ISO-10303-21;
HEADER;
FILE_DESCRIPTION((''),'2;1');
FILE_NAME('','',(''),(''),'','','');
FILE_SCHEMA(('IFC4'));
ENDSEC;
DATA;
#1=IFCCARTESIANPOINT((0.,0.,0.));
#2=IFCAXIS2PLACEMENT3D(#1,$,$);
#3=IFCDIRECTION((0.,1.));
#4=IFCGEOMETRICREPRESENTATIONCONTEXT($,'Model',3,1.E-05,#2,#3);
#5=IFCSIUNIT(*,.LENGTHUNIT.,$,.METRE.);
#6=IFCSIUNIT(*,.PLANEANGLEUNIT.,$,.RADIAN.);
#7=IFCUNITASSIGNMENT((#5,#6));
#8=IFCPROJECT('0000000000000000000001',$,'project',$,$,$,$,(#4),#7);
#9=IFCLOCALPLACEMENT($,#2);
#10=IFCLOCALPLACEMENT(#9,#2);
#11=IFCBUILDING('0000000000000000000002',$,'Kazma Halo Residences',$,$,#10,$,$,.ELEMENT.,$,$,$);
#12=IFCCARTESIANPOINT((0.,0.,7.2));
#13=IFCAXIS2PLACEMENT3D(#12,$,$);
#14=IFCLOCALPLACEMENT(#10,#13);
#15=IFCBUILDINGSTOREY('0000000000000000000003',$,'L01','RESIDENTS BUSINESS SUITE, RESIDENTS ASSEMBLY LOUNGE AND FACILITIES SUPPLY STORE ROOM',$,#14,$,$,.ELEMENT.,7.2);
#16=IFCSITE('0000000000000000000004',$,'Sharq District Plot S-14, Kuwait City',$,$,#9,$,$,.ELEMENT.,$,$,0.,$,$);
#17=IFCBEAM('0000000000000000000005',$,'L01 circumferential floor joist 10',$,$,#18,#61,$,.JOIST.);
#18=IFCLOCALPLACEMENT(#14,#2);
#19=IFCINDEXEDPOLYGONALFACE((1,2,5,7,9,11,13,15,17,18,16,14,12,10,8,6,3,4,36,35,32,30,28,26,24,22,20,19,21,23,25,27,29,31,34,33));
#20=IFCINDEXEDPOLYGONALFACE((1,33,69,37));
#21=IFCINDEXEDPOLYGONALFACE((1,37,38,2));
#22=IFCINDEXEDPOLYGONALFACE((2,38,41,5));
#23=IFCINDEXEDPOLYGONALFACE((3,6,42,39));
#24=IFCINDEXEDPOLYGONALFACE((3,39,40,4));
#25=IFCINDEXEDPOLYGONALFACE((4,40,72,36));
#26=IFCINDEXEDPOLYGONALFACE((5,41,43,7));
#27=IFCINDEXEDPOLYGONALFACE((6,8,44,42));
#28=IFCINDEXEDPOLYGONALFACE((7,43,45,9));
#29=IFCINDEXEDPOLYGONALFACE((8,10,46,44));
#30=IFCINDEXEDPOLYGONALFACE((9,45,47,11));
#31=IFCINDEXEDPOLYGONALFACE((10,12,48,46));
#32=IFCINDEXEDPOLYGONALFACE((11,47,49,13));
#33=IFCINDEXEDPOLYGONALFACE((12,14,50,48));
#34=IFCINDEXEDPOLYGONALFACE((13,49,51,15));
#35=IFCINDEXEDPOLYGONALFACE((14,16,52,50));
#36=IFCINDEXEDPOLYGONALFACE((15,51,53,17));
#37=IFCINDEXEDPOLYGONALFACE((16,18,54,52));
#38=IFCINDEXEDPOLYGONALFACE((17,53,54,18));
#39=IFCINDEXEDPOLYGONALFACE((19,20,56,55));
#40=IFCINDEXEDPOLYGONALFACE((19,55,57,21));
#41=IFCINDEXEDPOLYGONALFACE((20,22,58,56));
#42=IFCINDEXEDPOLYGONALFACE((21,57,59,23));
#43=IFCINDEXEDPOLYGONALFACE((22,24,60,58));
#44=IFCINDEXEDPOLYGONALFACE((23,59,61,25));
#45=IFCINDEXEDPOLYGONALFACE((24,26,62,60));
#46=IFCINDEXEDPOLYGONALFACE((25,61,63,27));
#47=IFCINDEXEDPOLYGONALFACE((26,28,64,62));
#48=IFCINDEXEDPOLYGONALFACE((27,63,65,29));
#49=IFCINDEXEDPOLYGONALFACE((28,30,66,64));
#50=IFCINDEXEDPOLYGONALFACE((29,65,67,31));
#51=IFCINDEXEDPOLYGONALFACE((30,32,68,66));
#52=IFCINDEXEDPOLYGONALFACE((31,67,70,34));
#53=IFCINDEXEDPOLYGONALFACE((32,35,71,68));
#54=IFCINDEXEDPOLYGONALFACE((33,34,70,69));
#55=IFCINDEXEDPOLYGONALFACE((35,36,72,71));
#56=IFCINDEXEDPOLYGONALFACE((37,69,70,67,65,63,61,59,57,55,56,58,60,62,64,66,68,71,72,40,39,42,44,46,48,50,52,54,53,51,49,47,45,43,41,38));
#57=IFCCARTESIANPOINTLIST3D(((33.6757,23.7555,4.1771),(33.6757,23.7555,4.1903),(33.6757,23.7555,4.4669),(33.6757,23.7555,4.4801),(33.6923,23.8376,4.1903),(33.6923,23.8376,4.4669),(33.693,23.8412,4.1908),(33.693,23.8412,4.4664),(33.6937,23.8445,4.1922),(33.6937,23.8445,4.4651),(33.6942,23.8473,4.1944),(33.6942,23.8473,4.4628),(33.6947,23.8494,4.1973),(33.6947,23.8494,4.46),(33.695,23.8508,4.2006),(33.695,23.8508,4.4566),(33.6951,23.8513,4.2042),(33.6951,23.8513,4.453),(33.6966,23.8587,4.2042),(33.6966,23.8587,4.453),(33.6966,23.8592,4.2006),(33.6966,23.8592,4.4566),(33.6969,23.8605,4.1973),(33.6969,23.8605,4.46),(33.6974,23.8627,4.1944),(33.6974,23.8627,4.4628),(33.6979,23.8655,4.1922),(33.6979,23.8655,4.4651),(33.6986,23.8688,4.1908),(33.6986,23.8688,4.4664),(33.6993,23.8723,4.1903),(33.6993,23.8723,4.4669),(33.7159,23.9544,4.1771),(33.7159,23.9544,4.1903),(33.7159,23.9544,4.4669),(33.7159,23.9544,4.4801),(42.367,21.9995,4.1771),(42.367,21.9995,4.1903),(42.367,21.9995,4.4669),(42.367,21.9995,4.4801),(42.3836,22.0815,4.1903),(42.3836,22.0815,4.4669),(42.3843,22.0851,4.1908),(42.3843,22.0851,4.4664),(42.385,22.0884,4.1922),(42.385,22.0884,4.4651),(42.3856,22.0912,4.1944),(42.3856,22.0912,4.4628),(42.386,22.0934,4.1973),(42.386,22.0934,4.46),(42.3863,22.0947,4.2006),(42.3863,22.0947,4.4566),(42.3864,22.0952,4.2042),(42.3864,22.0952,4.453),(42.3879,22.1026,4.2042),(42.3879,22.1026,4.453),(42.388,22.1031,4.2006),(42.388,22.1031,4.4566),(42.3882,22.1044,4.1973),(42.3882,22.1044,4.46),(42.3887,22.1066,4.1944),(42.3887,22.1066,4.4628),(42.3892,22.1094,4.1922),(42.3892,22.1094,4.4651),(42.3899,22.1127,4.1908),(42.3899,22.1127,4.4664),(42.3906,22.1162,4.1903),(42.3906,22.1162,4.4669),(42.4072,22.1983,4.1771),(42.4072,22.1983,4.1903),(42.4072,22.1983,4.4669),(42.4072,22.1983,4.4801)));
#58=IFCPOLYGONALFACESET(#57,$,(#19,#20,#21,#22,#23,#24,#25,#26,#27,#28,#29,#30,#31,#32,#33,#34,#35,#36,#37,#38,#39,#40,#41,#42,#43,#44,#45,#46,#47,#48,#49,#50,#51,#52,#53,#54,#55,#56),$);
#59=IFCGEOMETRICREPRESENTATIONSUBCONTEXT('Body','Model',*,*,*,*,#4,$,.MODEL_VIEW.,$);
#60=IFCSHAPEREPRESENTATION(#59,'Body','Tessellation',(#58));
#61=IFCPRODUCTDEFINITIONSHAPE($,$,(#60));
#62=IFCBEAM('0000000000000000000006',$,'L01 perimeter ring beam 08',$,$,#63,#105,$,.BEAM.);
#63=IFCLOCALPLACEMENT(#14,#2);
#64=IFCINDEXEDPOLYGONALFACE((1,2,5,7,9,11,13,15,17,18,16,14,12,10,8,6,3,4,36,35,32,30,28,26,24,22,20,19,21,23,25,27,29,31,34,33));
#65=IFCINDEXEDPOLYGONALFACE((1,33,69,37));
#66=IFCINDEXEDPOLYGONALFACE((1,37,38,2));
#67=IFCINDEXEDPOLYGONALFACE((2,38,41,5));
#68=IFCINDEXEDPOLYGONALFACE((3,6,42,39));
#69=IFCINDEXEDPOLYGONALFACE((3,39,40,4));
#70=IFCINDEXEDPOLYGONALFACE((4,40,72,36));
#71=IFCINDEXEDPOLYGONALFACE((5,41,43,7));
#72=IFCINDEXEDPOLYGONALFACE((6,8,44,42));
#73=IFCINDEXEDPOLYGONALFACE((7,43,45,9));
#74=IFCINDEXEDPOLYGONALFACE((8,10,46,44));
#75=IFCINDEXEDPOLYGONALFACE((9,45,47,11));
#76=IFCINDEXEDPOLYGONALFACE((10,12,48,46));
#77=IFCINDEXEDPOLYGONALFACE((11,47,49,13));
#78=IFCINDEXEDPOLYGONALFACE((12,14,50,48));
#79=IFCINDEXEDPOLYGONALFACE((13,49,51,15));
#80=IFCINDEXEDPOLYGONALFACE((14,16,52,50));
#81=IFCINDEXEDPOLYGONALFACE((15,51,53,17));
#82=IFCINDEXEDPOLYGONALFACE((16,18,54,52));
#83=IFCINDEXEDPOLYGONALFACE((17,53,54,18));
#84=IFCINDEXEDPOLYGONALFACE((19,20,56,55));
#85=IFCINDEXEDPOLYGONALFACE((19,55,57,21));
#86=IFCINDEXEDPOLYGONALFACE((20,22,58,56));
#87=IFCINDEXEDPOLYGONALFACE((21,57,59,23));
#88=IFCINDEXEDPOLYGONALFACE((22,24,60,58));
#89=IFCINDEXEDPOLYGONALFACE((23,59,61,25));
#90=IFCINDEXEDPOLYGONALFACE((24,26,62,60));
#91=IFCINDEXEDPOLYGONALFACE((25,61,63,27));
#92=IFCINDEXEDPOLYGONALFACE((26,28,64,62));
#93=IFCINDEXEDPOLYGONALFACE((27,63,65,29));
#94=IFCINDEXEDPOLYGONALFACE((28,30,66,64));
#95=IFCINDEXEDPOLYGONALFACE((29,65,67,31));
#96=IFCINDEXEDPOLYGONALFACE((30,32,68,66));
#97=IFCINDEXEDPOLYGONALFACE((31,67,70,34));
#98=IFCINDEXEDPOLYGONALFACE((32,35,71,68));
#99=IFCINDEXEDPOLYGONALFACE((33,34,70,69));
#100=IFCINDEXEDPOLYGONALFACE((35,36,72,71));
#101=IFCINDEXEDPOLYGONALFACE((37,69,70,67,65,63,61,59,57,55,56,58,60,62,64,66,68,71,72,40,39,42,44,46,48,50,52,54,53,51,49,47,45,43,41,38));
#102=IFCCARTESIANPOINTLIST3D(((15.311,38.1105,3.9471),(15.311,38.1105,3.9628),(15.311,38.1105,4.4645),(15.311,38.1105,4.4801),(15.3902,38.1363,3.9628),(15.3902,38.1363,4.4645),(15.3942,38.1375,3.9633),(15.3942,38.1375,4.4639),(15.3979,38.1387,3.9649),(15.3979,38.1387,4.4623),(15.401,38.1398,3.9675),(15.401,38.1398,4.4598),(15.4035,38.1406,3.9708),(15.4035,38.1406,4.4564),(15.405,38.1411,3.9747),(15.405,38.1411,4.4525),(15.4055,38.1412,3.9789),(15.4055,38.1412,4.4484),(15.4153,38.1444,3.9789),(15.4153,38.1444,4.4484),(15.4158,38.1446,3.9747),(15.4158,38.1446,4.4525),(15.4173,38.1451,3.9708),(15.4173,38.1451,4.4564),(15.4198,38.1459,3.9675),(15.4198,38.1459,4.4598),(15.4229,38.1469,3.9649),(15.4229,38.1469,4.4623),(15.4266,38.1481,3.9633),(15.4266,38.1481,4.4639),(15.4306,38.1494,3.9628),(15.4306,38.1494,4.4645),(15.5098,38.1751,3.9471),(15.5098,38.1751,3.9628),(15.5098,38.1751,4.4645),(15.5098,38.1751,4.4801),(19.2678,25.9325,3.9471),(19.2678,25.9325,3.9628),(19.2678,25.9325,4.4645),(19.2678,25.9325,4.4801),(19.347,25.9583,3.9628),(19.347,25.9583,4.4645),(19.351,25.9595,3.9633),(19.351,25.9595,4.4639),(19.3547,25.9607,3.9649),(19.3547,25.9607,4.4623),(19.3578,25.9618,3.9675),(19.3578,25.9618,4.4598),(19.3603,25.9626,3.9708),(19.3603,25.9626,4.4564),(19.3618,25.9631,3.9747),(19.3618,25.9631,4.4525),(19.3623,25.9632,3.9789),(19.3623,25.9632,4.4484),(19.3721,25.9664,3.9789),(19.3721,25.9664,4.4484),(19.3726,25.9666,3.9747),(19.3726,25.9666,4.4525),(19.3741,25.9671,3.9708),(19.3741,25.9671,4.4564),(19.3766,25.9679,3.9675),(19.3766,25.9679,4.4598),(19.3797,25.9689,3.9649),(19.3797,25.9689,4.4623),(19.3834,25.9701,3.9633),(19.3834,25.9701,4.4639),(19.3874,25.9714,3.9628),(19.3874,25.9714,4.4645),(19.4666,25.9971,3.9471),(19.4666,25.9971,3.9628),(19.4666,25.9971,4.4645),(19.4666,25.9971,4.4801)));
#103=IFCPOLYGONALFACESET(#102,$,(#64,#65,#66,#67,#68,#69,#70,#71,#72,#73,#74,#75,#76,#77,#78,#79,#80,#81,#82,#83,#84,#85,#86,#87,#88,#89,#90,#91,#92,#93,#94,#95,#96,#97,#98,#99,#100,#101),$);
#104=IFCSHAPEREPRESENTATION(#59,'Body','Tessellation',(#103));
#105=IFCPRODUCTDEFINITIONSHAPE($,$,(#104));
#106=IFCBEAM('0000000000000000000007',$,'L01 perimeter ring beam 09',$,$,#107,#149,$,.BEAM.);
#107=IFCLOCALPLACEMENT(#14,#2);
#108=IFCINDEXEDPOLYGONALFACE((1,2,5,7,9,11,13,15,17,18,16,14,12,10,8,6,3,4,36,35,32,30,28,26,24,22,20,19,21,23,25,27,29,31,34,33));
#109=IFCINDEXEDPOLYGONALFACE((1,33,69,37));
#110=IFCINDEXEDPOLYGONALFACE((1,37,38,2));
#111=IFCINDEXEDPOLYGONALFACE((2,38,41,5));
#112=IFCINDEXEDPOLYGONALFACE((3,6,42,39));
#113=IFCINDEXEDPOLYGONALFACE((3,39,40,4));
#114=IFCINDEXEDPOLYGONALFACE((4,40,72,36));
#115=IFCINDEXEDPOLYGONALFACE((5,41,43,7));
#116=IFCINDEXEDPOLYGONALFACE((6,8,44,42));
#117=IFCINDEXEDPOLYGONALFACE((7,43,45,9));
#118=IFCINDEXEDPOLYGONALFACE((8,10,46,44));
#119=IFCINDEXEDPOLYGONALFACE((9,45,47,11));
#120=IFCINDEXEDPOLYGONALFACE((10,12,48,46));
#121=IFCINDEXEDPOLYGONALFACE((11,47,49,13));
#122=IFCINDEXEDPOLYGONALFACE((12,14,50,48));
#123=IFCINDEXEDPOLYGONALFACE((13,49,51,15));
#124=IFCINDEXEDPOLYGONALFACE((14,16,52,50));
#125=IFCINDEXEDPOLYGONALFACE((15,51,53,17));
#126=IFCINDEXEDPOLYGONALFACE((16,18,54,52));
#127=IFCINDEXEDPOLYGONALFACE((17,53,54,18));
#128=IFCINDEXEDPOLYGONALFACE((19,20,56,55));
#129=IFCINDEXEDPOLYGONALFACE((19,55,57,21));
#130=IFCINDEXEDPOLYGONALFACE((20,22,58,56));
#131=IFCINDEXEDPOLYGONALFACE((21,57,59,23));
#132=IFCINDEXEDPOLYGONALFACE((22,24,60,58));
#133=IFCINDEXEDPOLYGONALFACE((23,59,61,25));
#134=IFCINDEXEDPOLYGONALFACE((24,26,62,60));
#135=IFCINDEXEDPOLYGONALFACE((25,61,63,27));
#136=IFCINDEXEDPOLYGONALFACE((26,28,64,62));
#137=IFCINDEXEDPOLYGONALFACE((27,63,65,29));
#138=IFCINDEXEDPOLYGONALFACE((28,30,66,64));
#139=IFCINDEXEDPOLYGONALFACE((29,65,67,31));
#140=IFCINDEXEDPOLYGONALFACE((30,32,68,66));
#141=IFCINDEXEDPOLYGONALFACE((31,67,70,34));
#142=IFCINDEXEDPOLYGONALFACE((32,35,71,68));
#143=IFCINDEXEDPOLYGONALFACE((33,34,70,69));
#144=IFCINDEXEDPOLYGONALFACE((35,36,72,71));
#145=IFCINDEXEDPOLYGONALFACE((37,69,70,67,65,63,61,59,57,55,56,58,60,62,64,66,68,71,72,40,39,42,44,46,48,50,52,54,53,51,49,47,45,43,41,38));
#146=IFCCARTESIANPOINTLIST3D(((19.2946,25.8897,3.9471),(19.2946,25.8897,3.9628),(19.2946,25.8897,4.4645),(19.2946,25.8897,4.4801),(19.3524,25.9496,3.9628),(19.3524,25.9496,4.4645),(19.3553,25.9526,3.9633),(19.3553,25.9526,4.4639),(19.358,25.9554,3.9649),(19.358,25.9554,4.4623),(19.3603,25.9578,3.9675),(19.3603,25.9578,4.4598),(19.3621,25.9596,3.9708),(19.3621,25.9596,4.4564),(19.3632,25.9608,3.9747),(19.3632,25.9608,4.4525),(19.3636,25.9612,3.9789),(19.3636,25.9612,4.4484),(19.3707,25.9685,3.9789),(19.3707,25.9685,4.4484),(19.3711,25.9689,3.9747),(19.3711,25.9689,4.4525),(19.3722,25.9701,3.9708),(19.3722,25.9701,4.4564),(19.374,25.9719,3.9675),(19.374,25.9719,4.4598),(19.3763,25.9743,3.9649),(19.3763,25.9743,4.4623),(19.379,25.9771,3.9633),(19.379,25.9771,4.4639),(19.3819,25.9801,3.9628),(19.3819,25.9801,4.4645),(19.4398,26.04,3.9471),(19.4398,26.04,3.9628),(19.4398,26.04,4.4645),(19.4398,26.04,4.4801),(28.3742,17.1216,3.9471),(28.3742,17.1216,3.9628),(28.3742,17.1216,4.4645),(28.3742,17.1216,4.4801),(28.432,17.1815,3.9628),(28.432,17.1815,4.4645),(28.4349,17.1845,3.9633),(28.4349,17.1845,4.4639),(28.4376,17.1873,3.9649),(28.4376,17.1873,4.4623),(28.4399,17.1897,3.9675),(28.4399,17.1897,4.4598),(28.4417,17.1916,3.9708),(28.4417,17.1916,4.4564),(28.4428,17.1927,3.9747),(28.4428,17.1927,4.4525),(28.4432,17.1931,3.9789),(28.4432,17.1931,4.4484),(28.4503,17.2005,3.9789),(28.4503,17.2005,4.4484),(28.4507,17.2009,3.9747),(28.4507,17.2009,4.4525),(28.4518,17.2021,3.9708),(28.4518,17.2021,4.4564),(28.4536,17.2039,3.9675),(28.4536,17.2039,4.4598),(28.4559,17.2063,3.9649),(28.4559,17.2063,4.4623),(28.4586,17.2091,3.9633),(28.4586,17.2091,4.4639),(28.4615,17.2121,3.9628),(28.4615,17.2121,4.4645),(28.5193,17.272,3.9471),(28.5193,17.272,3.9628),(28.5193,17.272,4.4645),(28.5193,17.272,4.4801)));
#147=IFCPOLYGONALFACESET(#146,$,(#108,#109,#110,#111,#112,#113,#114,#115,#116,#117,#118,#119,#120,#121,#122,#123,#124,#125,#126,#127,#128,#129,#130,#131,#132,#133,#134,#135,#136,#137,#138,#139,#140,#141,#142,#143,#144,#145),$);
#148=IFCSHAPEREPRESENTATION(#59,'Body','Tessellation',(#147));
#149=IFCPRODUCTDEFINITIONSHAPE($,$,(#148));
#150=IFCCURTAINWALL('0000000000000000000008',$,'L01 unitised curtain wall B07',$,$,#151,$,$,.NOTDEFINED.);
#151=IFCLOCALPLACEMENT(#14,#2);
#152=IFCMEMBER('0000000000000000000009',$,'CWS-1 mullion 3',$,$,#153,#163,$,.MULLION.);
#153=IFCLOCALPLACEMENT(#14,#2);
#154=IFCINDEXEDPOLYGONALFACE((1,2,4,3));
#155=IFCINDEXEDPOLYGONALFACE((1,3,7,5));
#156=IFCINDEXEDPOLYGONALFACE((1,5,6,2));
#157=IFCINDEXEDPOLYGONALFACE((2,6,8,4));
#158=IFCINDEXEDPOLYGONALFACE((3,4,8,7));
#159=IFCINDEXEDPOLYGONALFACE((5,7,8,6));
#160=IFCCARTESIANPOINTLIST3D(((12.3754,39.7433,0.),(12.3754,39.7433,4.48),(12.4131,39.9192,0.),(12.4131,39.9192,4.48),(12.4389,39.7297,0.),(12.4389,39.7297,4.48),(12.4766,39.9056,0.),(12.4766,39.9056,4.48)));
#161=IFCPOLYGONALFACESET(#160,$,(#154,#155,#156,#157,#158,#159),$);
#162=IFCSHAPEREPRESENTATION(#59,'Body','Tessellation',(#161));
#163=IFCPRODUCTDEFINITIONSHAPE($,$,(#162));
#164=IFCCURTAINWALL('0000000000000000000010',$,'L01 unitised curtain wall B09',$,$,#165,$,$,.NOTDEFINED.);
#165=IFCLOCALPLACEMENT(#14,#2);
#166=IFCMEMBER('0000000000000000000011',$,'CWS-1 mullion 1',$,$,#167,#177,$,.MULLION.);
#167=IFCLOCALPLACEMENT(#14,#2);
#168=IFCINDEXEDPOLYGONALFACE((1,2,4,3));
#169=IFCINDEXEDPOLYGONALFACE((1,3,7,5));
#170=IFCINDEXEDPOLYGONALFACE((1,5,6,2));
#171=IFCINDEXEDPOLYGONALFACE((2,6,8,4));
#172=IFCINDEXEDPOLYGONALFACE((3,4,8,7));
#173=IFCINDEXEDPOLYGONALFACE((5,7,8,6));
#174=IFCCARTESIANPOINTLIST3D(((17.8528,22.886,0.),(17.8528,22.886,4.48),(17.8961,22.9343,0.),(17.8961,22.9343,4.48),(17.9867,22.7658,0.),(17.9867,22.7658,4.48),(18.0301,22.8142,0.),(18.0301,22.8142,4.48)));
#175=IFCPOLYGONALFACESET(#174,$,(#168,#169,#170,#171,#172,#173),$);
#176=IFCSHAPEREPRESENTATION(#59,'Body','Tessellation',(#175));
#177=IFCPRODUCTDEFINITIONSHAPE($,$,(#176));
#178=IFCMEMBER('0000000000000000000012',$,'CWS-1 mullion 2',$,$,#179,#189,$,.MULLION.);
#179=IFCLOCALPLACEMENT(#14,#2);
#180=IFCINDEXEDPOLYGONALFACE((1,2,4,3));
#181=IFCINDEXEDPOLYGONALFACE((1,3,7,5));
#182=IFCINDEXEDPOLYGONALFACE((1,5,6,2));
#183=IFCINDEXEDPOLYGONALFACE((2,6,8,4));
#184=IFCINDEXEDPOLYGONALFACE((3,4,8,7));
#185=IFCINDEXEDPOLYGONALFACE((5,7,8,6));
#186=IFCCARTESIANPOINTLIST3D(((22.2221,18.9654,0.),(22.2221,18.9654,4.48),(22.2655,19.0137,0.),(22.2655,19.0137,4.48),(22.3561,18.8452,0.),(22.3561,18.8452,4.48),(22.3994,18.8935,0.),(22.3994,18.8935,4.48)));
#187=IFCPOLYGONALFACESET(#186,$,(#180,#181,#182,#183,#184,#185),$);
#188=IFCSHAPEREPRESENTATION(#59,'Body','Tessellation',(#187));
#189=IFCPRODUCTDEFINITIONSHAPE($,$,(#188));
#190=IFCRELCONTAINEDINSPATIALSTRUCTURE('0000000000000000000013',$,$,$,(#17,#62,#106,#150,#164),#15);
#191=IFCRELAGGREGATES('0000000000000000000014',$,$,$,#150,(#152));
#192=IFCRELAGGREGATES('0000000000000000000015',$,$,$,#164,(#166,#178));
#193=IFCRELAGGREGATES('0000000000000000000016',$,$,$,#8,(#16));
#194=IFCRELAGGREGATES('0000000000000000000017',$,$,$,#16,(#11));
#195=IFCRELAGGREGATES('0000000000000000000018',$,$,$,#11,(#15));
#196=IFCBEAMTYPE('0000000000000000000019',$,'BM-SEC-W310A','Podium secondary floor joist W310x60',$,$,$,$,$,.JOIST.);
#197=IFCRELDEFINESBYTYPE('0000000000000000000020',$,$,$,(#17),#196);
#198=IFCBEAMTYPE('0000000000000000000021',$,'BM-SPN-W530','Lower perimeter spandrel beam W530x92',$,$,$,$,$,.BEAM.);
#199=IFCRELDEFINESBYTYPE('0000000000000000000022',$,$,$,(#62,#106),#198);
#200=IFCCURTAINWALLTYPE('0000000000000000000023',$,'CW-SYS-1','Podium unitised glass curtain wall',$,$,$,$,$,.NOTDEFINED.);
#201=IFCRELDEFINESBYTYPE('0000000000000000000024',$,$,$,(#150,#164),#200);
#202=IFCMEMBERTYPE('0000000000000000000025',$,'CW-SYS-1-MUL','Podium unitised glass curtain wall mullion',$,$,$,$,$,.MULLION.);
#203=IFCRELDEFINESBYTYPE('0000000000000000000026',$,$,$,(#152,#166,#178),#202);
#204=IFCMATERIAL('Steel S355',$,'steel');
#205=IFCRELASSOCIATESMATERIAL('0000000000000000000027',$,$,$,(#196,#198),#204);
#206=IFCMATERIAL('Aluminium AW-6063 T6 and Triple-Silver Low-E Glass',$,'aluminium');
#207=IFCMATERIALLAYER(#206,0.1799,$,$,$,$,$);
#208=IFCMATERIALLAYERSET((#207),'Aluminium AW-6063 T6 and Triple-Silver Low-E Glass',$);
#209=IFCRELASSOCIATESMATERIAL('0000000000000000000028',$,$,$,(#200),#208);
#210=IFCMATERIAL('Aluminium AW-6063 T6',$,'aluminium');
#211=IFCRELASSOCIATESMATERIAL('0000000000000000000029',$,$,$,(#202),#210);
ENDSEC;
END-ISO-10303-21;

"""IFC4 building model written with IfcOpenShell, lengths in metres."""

from ifc_helpers import new_model, si_unit, direction, frame, origin, origin_2d, place, context, subcontext, project, spatial, rectangle, i_section, extrude, material, layer, layer_set, material_profile, profile_set, type_object, element, aggregate, save


model = new_model("IFC4")

# Units and contexts
model_context = context("Model", 3, precision=1e-05, world=origin(), true_north=direction((0.0, 1.0)))
body_context = subcontext(model_context, "Body", "Model", "MODEL_VIEW")
ifc_project = project(units=[si_unit("LENGTHUNIT", "METRE"), si_unit("PLANEANGLEUNIT", "RADIAN")], contexts=[model_context])

# Site, building, storey
site_placement = place(None, origin())
site = spatial("IfcSite", under=ifc_project, at=site_placement, Name="Sharq District Plot S-14, Kuwait City", CompositionType="ELEMENT", RefElevation=0.0)
building_placement = place(site_placement, origin())
building = spatial("IfcBuilding", under=site, at=building_placement, Name="Kazma Halo Residences", CompositionType="ELEMENT")
storey_placement = place(building_placement, frame((0.0, 0.0, 7.2)))
storey = spatial("IfcBuildingStorey", under=building, at=storey_placement, Name="L01", Description="RESIDENTS BUSINESS SUITE, RESIDENTS ASSEMBLY LOUNGE AND FACILITIES SUPPLY STORE ROOM", CompositionType="ELEMENT", Elevation=7.2)

# Beams
ifc_material_1 = material(Name="Steel S355", Category="steel")
ifc_material_profile_1 = material_profile(ifc_material_1, i_section(OverallWidth=0.2029, OverallDepth=0.303, WebThickness=0.0076, FlangeThickness=0.0132, FilletRadius=0.0139, at=origin_2d()), Name="W310x60")
ifc_profile_set_1 = profile_set([ifc_material_profile_1], Name="Steel S355")
beam_type_1 = type_object("IfcBeamType", Name="BM-SEC-W310A", Description="Podium secondary floor joist W310x60", PredefinedType="JOIST", material=ifc_profile_set_1)
beam_1_placement = place(storey_placement, frame((33.6958, 23.855, 4.3286), z_axis=(0.980192, -0.198048, 0.0), x_axis=(0.198048, 0.980192, 0.0)))
element("IfcBeam", 1, at=beam_1_placement, inside=storey, type_object=beam_type_1, Name="L01 circumferential floor joist 10", PredefinedType="JOIST", context=body_context, shape_type="SweptSolid", body=[
    extrude(i_section(OverallWidth=0.2029, OverallDepth=0.303, WebThickness=0.0076, FlangeThickness=0.0132, FilletRadius=0.0139, at=origin_2d()), origin(), (0.0, 0.0, 1.0), 8.8669),
])
ifc_material_profile_2 = material_profile(ifc_material_1, i_section(OverallWidth=0.209, OverallDepth=0.533, WebThickness=0.0103, FlangeThickness=0.0156, FilletRadius=0.0161, at=origin_2d()), Name="W530x92")
ifc_profile_set_2 = profile_set([ifc_material_profile_2], Name="Steel S355")
beam_type_2 = type_object("IfcBeamType", Name="BM-SPN-W530", Description="Lower perimeter spandrel beam W530x92", PredefinedType="BEAM", material=ifc_profile_set_2)
beam_2_placement = place(storey_placement, frame((15.4104, 38.1428, 4.2136), z_axis=(0.309011, -0.951058, 0.0), x_axis=(0.951058, 0.309011, 0.0)))
element("IfcBeam", 2, at=beam_2_placement, inside=storey, type_object=beam_type_2, Name="L01 perimeter ring beam 08", PredefinedType="BEAM", context=body_context, shape_type="SweptSolid", body=[
    extrude(i_section(OverallWidth=0.209, OverallDepth=0.533, WebThickness=0.0103, FlangeThickness=0.0156, FilletRadius=0.0161, at=origin_2d()), origin(), (0.0, 0.0, 1.0), 12.8047),
])
beam_3_placement = place(storey_placement, frame((19.3672, 25.9648, 4.2136), z_axis=(0.719339, -0.694659, 0.0), x_axis=(0.694659, 0.719339, 0.0)))
element("IfcBeam", 3, at=beam_3_placement, inside=storey, type_object=beam_type_2, Name="L01 perimeter ring beam 09", PredefinedType="BEAM", context=body_context, shape_type="SweptSolid", body=[
    extrude(i_section(OverallWidth=0.209, OverallDepth=0.533, WebThickness=0.0103, FlangeThickness=0.0156, FilletRadius=0.0161, at=origin_2d()), origin(), (0.0, 0.0, 1.0), 12.6221),
])

# Curtain wall, member
ifc_material_2 = material(Name="Aluminium AW-6063 T6 and Triple-Silver Low-E Glass", Category="aluminium")
ifc_layer_1 = layer(ifc_material_2, 0.1799)
ifc_layer_set_1 = layer_set([ifc_layer_1], Name="Aluminium AW-6063 T6 and Triple-Silver Low-E Glass")
curtain_wall_type = type_object("IfcCurtainWallType", Name="CW-SYS-1", Description="Podium unitised glass curtain wall", PredefinedType="NOTDEFINED", material=ifc_layer_set_1)
curtain_wall_1_placement = place(storey_placement, origin())
curtain_wall_1 = element("IfcCurtainWall", 4, at=curtain_wall_1_placement, inside=storey, type_object=curtain_wall_type, Name="L01 unitised curtain wall B07", PredefinedType="NOTDEFINED")
ifc_material_3 = material(Name="Aluminium AW-6063 T6", Category="aluminium")
ifc_material_profile_3 = material_profile(ifc_material_3, rectangle(XDim=0.0649, YDim=0.1799, at=origin_2d()), Name="CWM-65x180")
ifc_profile_set_3 = profile_set([ifc_material_profile_3], Name="Aluminium AW-6063 T6")
member_type_1 = type_object("IfcMemberType", Name="CW-SYS-1-MUL", Description="Podium unitised glass curtain wall mullion", PredefinedType="MULLION", material=ifc_profile_set_3)
member_1_placement = place(storey_placement, frame((12.426, 39.8245, 0.0), z_axis=(0.0, 0.0, 1.0), x_axis=(0.977788, -0.209596, 0.0)))
member_1 = element("IfcMember", 5, at=member_1_placement, type_object=member_type_1, Name="CWS-1 mullion 3", PredefinedType="MULLION", context=body_context, shape_type="SweptSolid", body=[
    extrude(rectangle(XDim=0.0649, YDim=0.1799, at=origin_2d()), origin(), (0.0, 0.0, 1.0), 4.48),
])
aggregate(curtain_wall_1, [member_1])

# Curtain wall, members
curtain_wall_2_placement = place(storey_placement, origin())
curtain_wall_2 = element("IfcCurtainWall", 6, at=curtain_wall_2_placement, inside=storey, type_object=curtain_wall_type, Name="L01 unitised curtain wall B09", PredefinedType="NOTDEFINED")
member_2_placement = place(storey_placement, frame((17.9414, 22.8501, 0.0), z_axis=(0.0, 0.0, 1.0), x_axis=(0.667848, 0.744298, 0.0)))
member_2 = element("IfcMember", 7, at=member_2_placement, type_object=member_type_1, Name="CWS-1 mullion 1", PredefinedType="MULLION", context=body_context, shape_type="SweptSolid", body=[
    extrude(rectangle(XDim=0.0649, YDim=0.1799, at=origin_2d()), origin(), (0.0, 0.0, 1.0), 4.48),
])
member_3_placement = place(storey_placement, frame((22.3108, 18.9294, 0.0), z_axis=(0.0, 0.0, 1.0), x_axis=(0.667848, 0.744298, 0.0)))
member_3 = element("IfcMember", 8, at=member_3_placement, type_object=member_type_1, Name="CWS-1 mullion 2", PredefinedType="MULLION", context=body_context, shape_type="SweptSolid", body=[
    extrude(rectangle(XDim=0.0649, YDim=0.1799, at=origin_2d()), origin(), (0.0, 0.0, 1.0), 4.48),
])
aggregate(curtain_wall_2, [member_2, member_3])

save(model, "model.ifc")
